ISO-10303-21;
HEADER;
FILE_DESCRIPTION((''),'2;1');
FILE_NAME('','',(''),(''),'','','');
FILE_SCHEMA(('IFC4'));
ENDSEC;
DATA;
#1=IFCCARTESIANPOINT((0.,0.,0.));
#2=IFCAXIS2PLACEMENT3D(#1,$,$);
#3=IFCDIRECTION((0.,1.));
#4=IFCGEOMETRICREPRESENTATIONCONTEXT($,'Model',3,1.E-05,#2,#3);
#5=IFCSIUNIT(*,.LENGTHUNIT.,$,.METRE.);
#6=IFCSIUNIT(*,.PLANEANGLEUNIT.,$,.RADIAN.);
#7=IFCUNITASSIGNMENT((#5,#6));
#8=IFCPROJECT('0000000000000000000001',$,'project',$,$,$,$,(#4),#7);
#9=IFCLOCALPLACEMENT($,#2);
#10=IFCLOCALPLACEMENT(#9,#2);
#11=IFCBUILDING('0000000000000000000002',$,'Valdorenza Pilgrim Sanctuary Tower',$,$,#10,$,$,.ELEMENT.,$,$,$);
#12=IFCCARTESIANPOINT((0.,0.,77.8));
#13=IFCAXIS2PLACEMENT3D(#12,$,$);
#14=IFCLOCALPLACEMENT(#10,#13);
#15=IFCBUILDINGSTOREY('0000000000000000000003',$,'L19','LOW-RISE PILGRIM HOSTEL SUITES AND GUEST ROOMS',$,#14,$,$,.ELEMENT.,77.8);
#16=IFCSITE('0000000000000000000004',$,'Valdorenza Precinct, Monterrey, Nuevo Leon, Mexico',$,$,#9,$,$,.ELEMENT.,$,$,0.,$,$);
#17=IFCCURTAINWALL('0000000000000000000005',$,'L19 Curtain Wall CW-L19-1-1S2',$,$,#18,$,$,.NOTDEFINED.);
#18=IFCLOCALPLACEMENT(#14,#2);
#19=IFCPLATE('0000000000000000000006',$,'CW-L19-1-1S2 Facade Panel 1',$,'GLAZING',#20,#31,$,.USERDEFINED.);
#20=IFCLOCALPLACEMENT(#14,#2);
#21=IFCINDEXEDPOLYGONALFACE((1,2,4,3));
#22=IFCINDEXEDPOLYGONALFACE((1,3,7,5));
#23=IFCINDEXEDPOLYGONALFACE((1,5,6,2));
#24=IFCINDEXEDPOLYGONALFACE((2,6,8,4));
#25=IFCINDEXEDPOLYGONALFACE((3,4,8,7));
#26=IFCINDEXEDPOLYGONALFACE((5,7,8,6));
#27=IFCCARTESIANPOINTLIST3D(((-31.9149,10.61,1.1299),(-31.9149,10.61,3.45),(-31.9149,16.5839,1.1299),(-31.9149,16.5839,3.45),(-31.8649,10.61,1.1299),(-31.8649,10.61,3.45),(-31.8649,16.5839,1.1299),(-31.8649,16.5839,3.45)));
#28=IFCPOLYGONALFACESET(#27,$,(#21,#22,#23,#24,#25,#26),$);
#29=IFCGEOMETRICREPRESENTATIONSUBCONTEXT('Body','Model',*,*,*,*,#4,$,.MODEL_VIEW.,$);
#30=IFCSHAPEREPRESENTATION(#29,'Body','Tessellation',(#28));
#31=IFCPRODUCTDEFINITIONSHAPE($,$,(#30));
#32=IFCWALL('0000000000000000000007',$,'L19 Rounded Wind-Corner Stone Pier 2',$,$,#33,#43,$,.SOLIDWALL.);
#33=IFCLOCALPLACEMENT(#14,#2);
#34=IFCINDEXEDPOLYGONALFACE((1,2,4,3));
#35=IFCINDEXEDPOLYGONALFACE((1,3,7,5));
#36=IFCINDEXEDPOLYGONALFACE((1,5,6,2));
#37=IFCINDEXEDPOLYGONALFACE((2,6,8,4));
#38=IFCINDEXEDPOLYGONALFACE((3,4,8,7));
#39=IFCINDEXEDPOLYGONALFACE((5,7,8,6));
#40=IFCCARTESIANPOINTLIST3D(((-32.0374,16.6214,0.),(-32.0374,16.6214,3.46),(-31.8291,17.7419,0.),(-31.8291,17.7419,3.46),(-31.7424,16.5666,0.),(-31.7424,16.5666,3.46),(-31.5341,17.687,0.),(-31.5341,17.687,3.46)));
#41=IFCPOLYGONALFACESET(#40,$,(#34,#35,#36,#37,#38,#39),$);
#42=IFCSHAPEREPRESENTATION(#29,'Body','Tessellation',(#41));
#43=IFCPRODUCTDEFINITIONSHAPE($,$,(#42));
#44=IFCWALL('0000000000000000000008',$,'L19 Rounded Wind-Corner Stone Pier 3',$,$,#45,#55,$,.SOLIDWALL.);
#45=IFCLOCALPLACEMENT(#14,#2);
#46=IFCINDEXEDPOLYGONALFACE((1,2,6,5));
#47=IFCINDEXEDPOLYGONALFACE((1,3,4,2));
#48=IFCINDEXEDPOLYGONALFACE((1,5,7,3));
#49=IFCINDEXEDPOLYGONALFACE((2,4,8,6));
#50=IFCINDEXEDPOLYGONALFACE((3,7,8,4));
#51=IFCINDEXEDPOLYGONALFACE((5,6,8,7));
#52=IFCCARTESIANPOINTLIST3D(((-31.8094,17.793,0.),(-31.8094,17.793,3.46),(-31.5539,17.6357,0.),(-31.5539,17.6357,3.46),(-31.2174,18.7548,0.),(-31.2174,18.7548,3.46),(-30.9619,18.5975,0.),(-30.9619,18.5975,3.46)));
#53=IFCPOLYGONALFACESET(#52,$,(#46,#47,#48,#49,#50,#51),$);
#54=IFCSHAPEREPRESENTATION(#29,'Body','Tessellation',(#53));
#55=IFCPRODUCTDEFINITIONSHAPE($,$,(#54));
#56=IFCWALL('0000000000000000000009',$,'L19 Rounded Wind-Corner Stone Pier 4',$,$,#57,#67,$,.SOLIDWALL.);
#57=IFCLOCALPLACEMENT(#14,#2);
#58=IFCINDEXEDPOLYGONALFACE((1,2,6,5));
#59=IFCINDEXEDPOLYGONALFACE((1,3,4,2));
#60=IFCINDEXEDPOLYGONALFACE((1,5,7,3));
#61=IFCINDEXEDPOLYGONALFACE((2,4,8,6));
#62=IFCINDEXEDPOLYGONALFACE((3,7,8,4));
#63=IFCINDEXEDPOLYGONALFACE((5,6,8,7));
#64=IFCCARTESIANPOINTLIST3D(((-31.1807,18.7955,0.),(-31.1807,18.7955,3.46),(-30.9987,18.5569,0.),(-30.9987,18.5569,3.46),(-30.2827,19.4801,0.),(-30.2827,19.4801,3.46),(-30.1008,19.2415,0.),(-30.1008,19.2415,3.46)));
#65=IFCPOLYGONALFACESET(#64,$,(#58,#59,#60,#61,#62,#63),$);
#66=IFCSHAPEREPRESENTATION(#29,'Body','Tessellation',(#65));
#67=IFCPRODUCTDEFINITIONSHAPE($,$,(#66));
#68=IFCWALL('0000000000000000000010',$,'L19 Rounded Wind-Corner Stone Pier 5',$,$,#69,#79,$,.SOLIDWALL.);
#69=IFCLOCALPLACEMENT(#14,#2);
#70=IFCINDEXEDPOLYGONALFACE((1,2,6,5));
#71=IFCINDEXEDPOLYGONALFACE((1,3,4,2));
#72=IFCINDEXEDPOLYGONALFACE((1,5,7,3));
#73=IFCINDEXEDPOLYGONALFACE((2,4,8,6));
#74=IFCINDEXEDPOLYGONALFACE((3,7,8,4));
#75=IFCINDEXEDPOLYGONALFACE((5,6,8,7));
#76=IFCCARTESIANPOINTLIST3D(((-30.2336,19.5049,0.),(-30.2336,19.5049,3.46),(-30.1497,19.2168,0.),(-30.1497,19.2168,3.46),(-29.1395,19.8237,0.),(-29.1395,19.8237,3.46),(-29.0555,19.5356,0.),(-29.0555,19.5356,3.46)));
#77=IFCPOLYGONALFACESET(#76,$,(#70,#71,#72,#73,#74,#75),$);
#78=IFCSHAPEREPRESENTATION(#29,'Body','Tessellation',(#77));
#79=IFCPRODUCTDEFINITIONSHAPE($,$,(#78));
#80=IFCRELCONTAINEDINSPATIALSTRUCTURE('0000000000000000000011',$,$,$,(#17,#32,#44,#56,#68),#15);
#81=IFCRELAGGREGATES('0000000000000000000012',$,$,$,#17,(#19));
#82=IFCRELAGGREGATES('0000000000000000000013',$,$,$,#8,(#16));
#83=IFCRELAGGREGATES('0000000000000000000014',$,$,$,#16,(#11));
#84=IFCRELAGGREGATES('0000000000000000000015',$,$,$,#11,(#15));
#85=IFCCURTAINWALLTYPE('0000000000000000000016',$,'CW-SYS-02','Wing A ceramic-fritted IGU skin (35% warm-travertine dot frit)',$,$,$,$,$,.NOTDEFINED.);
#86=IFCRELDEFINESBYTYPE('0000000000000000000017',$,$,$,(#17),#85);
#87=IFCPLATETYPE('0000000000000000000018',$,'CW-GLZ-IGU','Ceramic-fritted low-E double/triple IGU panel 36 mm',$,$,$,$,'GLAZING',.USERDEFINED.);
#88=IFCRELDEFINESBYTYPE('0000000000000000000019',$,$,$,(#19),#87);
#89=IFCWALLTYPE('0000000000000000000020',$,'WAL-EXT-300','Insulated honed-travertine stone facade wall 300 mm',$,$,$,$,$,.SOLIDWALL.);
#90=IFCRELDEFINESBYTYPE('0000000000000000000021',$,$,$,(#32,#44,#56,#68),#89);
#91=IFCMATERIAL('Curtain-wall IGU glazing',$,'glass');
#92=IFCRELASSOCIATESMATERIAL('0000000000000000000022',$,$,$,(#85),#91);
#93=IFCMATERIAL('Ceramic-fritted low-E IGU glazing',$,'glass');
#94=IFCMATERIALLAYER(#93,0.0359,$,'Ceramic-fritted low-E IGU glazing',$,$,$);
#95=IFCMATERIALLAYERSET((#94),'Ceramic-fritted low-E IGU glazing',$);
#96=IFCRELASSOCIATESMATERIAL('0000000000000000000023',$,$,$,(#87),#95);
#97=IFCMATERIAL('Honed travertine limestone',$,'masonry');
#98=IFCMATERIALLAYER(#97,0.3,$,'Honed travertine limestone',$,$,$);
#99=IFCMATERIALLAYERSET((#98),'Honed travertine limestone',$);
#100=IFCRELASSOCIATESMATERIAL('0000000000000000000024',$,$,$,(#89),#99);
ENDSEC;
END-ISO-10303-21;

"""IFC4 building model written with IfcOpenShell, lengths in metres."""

from ifc_helpers import new_model, si_unit, direction, frame, frame_2d, origin, origin_2d, place, context, subcontext, project, spatial, rectangle, extrude, source, transform, mapped, material, layer, layer_set, type_object, element, aggregate, save


model = new_model("IFC4")

# Units and contexts
model_context = context("Model", 3, precision=1e-05, world=origin(), true_north=direction((0.0, 1.0)))
body_context = subcontext(model_context, "Body", "Model", "MODEL_VIEW")
ifc_project = project(units=[si_unit("LENGTHUNIT", "METRE"), si_unit("PLANEANGLEUNIT", "RADIAN")], contexts=[model_context])

# Site, building, storey
site_placement = place(None, origin())
site = spatial("IfcSite", under=ifc_project, at=site_placement, Name="Valdorenza Precinct, Monterrey, Nuevo Leon, Mexico", CompositionType="ELEMENT", RefElevation=0.0)
building_placement = place(site_placement, origin())
building = spatial("IfcBuilding", under=site, at=building_placement, Name="Valdorenza Pilgrim Sanctuary Tower", CompositionType="ELEMENT")
storey_placement = place(building_placement, frame((0.0, 0.0, 77.8)))
storey = spatial("IfcBuildingStorey", under=building, at=storey_placement, Name="L19", Description="LOW-RISE PILGRIM HOSTEL SUITES AND GUEST ROOMS", CompositionType="ELEMENT", Elevation=77.8)

# Curtain wall
ifc_material_1 = material(Name="Curtain-wall IGU glazing", Category="glass")
curtain_wall_type = type_object("IfcCurtainWallType", Name="CW-SYS-02", Description="Wing A ceramic-fritted IGU skin (35% warm-travertine dot frit)", PredefinedType="NOTDEFINED", material=ifc_material_1)
curtain_wall_1_placement = place(storey_placement, origin())
curtain_wall_1 = element("IfcCurtainWall", 1, at=curtain_wall_1_placement, inside=storey, type_object=curtain_wall_type, Name="L19 Curtain Wall CW-L19-1-1S2", PredefinedType="NOTDEFINED")

# Plate
ifc_material_2 = material(Name="Honed travertine limestone", Category="masonry")
ifc_material_3 = material(Name="Ceramic-fritted low-E IGU glazing", Category="glass")
ifc_layer_1 = layer(ifc_material_3, 0.0359, Name="Ceramic-fritted low-E IGU glazing")
ifc_layer_set_1 = layer_set([ifc_layer_1], Name="Ceramic-fritted low-E IGU glazing")
plate_type_1 = type_object("IfcPlateType", Name="CW-GLZ-IGU", Description="Ceramic-fritted low-E double/triple IGU panel 36 mm", ElementType="GLAZING", PredefinedType="USERDEFINED", material=ifc_layer_set_1)
shared_shape_1 = source(origin(), body_context, "Body", "SweptSolid", [
    extrude(rectangle(XDim=5.9739, YDim=0.05, at=origin_2d()), origin(), (0.0, 0.0, 1.0), 2.3201),
])
plate_1_placement = place(storey_placement, frame((-31.8899, 13.5969, 1.1299), z_axis=(0.0, 0.0, 1.0), x_axis=(0.0, 1.0, 0.0)))
plate_1 = element("IfcPlate", 2, at=plate_1_placement, type_object=plate_type_1, Name="CW-L19-1-1S2 Facade Panel 1", ObjectType="GLAZING", PredefinedType="USERDEFINED", context=body_context, shape_type="MappedRepresentation", body=[
    mapped(shared_shape_1, transform((0.0, 0.0, 0.0), x_axis=(1.0, 0.0, 0.0), y_axis=(0.0, 1.0, 0.0), z_axis=(0.0, 0.0, 1.0), scale=1.0)),
])
aggregate(curtain_wall_1, [plate_1])

# Walls
ifc_layer_2 = layer(ifc_material_2, 0.3, Name="Honed travertine limestone")
ifc_layer_set_2 = layer_set([ifc_layer_2], Name="Honed travertine limestone")
wall_type_1 = type_object("IfcWallType", Name="WAL-EXT-300", Description="Insulated honed-travertine stone facade wall 300 mm", PredefinedType="SOLIDWALL", material=ifc_layer_set_2)
wall_1_placement = place(storey_placement, frame((-31.8899, 16.594, 0.0), z_axis=(0.0, 0.0, 1.0), x_axis=(0.182749, 0.98316, 0.0)))
element("IfcWall", 3, at=wall_1_placement, inside=storey, type_object=wall_type_1, Name="L19 Rounded Wind-Corner Stone Pier 2", PredefinedType="SOLIDWALL", context=body_context, shape_type="SweptSolid", body=[
    extrude(rectangle(XDim=1.1396, YDim=0.3, at=frame_2d((0.5698, 0.0))), origin(), (0.0, 0.0, 1.0), 3.46),
])
wall_2_placement = place(storey_placement, frame((-31.6816, 17.7144, 0.0), z_axis=(0.0, 0.0, 1.0), x_axis=(0.524158, 0.851621, 0.0)))
element("IfcWall", 4, at=wall_2_placement, inside=storey, type_object=wall_type_1, Name="L19 Rounded Wind-Corner Stone Pier 3", PredefinedType="SOLIDWALL", context=body_context, shape_type="SweptSolid", body=[
    extrude(rectangle(XDim=1.1294, YDim=0.3, at=frame_2d((0.5647, 0.0))), origin(), (0.0, 0.0, 1.0), 3.46),
])
wall_3_placement = place(storey_placement, frame((-31.0896, 18.6763, 0.0), z_axis=(0.0, 0.0, 1.0), x_axis=(0.795253, 0.606278, 0.0)))
element("IfcWall", 5, at=wall_3_placement, inside=storey, type_object=wall_type_1, Name="L19 Rounded Wind-Corner Stone Pier 4", PredefinedType="SOLIDWALL", context=body_context, shape_type="SweptSolid", body=[
    extrude(rectangle(XDim=1.1292, YDim=0.3, at=frame_2d((0.5645, 0.0))), origin(), (0.0, 0.0, 1.0), 3.46),
])
wall_4_placement = place(storey_placement, frame((-30.1917, 19.3608, 0.0), z_axis=(0.0, 0.0, 1.0), x_axis=(0.960072, 0.279753, 0.0)))
element("IfcWall", 6, at=wall_4_placement, inside=storey, type_object=wall_type_1, Name="L19 Rounded Wind-Corner Stone Pier 5", PredefinedType="SOLIDWALL", context=body_context, shape_type="SweptSolid", body=[
    extrude(rectangle(XDim=1.1396, YDim=0.3, at=frame_2d((0.5698, 0.0))), origin(), (0.0, 0.0, 1.0), 3.46),
])

save(model, "model.ifc")
